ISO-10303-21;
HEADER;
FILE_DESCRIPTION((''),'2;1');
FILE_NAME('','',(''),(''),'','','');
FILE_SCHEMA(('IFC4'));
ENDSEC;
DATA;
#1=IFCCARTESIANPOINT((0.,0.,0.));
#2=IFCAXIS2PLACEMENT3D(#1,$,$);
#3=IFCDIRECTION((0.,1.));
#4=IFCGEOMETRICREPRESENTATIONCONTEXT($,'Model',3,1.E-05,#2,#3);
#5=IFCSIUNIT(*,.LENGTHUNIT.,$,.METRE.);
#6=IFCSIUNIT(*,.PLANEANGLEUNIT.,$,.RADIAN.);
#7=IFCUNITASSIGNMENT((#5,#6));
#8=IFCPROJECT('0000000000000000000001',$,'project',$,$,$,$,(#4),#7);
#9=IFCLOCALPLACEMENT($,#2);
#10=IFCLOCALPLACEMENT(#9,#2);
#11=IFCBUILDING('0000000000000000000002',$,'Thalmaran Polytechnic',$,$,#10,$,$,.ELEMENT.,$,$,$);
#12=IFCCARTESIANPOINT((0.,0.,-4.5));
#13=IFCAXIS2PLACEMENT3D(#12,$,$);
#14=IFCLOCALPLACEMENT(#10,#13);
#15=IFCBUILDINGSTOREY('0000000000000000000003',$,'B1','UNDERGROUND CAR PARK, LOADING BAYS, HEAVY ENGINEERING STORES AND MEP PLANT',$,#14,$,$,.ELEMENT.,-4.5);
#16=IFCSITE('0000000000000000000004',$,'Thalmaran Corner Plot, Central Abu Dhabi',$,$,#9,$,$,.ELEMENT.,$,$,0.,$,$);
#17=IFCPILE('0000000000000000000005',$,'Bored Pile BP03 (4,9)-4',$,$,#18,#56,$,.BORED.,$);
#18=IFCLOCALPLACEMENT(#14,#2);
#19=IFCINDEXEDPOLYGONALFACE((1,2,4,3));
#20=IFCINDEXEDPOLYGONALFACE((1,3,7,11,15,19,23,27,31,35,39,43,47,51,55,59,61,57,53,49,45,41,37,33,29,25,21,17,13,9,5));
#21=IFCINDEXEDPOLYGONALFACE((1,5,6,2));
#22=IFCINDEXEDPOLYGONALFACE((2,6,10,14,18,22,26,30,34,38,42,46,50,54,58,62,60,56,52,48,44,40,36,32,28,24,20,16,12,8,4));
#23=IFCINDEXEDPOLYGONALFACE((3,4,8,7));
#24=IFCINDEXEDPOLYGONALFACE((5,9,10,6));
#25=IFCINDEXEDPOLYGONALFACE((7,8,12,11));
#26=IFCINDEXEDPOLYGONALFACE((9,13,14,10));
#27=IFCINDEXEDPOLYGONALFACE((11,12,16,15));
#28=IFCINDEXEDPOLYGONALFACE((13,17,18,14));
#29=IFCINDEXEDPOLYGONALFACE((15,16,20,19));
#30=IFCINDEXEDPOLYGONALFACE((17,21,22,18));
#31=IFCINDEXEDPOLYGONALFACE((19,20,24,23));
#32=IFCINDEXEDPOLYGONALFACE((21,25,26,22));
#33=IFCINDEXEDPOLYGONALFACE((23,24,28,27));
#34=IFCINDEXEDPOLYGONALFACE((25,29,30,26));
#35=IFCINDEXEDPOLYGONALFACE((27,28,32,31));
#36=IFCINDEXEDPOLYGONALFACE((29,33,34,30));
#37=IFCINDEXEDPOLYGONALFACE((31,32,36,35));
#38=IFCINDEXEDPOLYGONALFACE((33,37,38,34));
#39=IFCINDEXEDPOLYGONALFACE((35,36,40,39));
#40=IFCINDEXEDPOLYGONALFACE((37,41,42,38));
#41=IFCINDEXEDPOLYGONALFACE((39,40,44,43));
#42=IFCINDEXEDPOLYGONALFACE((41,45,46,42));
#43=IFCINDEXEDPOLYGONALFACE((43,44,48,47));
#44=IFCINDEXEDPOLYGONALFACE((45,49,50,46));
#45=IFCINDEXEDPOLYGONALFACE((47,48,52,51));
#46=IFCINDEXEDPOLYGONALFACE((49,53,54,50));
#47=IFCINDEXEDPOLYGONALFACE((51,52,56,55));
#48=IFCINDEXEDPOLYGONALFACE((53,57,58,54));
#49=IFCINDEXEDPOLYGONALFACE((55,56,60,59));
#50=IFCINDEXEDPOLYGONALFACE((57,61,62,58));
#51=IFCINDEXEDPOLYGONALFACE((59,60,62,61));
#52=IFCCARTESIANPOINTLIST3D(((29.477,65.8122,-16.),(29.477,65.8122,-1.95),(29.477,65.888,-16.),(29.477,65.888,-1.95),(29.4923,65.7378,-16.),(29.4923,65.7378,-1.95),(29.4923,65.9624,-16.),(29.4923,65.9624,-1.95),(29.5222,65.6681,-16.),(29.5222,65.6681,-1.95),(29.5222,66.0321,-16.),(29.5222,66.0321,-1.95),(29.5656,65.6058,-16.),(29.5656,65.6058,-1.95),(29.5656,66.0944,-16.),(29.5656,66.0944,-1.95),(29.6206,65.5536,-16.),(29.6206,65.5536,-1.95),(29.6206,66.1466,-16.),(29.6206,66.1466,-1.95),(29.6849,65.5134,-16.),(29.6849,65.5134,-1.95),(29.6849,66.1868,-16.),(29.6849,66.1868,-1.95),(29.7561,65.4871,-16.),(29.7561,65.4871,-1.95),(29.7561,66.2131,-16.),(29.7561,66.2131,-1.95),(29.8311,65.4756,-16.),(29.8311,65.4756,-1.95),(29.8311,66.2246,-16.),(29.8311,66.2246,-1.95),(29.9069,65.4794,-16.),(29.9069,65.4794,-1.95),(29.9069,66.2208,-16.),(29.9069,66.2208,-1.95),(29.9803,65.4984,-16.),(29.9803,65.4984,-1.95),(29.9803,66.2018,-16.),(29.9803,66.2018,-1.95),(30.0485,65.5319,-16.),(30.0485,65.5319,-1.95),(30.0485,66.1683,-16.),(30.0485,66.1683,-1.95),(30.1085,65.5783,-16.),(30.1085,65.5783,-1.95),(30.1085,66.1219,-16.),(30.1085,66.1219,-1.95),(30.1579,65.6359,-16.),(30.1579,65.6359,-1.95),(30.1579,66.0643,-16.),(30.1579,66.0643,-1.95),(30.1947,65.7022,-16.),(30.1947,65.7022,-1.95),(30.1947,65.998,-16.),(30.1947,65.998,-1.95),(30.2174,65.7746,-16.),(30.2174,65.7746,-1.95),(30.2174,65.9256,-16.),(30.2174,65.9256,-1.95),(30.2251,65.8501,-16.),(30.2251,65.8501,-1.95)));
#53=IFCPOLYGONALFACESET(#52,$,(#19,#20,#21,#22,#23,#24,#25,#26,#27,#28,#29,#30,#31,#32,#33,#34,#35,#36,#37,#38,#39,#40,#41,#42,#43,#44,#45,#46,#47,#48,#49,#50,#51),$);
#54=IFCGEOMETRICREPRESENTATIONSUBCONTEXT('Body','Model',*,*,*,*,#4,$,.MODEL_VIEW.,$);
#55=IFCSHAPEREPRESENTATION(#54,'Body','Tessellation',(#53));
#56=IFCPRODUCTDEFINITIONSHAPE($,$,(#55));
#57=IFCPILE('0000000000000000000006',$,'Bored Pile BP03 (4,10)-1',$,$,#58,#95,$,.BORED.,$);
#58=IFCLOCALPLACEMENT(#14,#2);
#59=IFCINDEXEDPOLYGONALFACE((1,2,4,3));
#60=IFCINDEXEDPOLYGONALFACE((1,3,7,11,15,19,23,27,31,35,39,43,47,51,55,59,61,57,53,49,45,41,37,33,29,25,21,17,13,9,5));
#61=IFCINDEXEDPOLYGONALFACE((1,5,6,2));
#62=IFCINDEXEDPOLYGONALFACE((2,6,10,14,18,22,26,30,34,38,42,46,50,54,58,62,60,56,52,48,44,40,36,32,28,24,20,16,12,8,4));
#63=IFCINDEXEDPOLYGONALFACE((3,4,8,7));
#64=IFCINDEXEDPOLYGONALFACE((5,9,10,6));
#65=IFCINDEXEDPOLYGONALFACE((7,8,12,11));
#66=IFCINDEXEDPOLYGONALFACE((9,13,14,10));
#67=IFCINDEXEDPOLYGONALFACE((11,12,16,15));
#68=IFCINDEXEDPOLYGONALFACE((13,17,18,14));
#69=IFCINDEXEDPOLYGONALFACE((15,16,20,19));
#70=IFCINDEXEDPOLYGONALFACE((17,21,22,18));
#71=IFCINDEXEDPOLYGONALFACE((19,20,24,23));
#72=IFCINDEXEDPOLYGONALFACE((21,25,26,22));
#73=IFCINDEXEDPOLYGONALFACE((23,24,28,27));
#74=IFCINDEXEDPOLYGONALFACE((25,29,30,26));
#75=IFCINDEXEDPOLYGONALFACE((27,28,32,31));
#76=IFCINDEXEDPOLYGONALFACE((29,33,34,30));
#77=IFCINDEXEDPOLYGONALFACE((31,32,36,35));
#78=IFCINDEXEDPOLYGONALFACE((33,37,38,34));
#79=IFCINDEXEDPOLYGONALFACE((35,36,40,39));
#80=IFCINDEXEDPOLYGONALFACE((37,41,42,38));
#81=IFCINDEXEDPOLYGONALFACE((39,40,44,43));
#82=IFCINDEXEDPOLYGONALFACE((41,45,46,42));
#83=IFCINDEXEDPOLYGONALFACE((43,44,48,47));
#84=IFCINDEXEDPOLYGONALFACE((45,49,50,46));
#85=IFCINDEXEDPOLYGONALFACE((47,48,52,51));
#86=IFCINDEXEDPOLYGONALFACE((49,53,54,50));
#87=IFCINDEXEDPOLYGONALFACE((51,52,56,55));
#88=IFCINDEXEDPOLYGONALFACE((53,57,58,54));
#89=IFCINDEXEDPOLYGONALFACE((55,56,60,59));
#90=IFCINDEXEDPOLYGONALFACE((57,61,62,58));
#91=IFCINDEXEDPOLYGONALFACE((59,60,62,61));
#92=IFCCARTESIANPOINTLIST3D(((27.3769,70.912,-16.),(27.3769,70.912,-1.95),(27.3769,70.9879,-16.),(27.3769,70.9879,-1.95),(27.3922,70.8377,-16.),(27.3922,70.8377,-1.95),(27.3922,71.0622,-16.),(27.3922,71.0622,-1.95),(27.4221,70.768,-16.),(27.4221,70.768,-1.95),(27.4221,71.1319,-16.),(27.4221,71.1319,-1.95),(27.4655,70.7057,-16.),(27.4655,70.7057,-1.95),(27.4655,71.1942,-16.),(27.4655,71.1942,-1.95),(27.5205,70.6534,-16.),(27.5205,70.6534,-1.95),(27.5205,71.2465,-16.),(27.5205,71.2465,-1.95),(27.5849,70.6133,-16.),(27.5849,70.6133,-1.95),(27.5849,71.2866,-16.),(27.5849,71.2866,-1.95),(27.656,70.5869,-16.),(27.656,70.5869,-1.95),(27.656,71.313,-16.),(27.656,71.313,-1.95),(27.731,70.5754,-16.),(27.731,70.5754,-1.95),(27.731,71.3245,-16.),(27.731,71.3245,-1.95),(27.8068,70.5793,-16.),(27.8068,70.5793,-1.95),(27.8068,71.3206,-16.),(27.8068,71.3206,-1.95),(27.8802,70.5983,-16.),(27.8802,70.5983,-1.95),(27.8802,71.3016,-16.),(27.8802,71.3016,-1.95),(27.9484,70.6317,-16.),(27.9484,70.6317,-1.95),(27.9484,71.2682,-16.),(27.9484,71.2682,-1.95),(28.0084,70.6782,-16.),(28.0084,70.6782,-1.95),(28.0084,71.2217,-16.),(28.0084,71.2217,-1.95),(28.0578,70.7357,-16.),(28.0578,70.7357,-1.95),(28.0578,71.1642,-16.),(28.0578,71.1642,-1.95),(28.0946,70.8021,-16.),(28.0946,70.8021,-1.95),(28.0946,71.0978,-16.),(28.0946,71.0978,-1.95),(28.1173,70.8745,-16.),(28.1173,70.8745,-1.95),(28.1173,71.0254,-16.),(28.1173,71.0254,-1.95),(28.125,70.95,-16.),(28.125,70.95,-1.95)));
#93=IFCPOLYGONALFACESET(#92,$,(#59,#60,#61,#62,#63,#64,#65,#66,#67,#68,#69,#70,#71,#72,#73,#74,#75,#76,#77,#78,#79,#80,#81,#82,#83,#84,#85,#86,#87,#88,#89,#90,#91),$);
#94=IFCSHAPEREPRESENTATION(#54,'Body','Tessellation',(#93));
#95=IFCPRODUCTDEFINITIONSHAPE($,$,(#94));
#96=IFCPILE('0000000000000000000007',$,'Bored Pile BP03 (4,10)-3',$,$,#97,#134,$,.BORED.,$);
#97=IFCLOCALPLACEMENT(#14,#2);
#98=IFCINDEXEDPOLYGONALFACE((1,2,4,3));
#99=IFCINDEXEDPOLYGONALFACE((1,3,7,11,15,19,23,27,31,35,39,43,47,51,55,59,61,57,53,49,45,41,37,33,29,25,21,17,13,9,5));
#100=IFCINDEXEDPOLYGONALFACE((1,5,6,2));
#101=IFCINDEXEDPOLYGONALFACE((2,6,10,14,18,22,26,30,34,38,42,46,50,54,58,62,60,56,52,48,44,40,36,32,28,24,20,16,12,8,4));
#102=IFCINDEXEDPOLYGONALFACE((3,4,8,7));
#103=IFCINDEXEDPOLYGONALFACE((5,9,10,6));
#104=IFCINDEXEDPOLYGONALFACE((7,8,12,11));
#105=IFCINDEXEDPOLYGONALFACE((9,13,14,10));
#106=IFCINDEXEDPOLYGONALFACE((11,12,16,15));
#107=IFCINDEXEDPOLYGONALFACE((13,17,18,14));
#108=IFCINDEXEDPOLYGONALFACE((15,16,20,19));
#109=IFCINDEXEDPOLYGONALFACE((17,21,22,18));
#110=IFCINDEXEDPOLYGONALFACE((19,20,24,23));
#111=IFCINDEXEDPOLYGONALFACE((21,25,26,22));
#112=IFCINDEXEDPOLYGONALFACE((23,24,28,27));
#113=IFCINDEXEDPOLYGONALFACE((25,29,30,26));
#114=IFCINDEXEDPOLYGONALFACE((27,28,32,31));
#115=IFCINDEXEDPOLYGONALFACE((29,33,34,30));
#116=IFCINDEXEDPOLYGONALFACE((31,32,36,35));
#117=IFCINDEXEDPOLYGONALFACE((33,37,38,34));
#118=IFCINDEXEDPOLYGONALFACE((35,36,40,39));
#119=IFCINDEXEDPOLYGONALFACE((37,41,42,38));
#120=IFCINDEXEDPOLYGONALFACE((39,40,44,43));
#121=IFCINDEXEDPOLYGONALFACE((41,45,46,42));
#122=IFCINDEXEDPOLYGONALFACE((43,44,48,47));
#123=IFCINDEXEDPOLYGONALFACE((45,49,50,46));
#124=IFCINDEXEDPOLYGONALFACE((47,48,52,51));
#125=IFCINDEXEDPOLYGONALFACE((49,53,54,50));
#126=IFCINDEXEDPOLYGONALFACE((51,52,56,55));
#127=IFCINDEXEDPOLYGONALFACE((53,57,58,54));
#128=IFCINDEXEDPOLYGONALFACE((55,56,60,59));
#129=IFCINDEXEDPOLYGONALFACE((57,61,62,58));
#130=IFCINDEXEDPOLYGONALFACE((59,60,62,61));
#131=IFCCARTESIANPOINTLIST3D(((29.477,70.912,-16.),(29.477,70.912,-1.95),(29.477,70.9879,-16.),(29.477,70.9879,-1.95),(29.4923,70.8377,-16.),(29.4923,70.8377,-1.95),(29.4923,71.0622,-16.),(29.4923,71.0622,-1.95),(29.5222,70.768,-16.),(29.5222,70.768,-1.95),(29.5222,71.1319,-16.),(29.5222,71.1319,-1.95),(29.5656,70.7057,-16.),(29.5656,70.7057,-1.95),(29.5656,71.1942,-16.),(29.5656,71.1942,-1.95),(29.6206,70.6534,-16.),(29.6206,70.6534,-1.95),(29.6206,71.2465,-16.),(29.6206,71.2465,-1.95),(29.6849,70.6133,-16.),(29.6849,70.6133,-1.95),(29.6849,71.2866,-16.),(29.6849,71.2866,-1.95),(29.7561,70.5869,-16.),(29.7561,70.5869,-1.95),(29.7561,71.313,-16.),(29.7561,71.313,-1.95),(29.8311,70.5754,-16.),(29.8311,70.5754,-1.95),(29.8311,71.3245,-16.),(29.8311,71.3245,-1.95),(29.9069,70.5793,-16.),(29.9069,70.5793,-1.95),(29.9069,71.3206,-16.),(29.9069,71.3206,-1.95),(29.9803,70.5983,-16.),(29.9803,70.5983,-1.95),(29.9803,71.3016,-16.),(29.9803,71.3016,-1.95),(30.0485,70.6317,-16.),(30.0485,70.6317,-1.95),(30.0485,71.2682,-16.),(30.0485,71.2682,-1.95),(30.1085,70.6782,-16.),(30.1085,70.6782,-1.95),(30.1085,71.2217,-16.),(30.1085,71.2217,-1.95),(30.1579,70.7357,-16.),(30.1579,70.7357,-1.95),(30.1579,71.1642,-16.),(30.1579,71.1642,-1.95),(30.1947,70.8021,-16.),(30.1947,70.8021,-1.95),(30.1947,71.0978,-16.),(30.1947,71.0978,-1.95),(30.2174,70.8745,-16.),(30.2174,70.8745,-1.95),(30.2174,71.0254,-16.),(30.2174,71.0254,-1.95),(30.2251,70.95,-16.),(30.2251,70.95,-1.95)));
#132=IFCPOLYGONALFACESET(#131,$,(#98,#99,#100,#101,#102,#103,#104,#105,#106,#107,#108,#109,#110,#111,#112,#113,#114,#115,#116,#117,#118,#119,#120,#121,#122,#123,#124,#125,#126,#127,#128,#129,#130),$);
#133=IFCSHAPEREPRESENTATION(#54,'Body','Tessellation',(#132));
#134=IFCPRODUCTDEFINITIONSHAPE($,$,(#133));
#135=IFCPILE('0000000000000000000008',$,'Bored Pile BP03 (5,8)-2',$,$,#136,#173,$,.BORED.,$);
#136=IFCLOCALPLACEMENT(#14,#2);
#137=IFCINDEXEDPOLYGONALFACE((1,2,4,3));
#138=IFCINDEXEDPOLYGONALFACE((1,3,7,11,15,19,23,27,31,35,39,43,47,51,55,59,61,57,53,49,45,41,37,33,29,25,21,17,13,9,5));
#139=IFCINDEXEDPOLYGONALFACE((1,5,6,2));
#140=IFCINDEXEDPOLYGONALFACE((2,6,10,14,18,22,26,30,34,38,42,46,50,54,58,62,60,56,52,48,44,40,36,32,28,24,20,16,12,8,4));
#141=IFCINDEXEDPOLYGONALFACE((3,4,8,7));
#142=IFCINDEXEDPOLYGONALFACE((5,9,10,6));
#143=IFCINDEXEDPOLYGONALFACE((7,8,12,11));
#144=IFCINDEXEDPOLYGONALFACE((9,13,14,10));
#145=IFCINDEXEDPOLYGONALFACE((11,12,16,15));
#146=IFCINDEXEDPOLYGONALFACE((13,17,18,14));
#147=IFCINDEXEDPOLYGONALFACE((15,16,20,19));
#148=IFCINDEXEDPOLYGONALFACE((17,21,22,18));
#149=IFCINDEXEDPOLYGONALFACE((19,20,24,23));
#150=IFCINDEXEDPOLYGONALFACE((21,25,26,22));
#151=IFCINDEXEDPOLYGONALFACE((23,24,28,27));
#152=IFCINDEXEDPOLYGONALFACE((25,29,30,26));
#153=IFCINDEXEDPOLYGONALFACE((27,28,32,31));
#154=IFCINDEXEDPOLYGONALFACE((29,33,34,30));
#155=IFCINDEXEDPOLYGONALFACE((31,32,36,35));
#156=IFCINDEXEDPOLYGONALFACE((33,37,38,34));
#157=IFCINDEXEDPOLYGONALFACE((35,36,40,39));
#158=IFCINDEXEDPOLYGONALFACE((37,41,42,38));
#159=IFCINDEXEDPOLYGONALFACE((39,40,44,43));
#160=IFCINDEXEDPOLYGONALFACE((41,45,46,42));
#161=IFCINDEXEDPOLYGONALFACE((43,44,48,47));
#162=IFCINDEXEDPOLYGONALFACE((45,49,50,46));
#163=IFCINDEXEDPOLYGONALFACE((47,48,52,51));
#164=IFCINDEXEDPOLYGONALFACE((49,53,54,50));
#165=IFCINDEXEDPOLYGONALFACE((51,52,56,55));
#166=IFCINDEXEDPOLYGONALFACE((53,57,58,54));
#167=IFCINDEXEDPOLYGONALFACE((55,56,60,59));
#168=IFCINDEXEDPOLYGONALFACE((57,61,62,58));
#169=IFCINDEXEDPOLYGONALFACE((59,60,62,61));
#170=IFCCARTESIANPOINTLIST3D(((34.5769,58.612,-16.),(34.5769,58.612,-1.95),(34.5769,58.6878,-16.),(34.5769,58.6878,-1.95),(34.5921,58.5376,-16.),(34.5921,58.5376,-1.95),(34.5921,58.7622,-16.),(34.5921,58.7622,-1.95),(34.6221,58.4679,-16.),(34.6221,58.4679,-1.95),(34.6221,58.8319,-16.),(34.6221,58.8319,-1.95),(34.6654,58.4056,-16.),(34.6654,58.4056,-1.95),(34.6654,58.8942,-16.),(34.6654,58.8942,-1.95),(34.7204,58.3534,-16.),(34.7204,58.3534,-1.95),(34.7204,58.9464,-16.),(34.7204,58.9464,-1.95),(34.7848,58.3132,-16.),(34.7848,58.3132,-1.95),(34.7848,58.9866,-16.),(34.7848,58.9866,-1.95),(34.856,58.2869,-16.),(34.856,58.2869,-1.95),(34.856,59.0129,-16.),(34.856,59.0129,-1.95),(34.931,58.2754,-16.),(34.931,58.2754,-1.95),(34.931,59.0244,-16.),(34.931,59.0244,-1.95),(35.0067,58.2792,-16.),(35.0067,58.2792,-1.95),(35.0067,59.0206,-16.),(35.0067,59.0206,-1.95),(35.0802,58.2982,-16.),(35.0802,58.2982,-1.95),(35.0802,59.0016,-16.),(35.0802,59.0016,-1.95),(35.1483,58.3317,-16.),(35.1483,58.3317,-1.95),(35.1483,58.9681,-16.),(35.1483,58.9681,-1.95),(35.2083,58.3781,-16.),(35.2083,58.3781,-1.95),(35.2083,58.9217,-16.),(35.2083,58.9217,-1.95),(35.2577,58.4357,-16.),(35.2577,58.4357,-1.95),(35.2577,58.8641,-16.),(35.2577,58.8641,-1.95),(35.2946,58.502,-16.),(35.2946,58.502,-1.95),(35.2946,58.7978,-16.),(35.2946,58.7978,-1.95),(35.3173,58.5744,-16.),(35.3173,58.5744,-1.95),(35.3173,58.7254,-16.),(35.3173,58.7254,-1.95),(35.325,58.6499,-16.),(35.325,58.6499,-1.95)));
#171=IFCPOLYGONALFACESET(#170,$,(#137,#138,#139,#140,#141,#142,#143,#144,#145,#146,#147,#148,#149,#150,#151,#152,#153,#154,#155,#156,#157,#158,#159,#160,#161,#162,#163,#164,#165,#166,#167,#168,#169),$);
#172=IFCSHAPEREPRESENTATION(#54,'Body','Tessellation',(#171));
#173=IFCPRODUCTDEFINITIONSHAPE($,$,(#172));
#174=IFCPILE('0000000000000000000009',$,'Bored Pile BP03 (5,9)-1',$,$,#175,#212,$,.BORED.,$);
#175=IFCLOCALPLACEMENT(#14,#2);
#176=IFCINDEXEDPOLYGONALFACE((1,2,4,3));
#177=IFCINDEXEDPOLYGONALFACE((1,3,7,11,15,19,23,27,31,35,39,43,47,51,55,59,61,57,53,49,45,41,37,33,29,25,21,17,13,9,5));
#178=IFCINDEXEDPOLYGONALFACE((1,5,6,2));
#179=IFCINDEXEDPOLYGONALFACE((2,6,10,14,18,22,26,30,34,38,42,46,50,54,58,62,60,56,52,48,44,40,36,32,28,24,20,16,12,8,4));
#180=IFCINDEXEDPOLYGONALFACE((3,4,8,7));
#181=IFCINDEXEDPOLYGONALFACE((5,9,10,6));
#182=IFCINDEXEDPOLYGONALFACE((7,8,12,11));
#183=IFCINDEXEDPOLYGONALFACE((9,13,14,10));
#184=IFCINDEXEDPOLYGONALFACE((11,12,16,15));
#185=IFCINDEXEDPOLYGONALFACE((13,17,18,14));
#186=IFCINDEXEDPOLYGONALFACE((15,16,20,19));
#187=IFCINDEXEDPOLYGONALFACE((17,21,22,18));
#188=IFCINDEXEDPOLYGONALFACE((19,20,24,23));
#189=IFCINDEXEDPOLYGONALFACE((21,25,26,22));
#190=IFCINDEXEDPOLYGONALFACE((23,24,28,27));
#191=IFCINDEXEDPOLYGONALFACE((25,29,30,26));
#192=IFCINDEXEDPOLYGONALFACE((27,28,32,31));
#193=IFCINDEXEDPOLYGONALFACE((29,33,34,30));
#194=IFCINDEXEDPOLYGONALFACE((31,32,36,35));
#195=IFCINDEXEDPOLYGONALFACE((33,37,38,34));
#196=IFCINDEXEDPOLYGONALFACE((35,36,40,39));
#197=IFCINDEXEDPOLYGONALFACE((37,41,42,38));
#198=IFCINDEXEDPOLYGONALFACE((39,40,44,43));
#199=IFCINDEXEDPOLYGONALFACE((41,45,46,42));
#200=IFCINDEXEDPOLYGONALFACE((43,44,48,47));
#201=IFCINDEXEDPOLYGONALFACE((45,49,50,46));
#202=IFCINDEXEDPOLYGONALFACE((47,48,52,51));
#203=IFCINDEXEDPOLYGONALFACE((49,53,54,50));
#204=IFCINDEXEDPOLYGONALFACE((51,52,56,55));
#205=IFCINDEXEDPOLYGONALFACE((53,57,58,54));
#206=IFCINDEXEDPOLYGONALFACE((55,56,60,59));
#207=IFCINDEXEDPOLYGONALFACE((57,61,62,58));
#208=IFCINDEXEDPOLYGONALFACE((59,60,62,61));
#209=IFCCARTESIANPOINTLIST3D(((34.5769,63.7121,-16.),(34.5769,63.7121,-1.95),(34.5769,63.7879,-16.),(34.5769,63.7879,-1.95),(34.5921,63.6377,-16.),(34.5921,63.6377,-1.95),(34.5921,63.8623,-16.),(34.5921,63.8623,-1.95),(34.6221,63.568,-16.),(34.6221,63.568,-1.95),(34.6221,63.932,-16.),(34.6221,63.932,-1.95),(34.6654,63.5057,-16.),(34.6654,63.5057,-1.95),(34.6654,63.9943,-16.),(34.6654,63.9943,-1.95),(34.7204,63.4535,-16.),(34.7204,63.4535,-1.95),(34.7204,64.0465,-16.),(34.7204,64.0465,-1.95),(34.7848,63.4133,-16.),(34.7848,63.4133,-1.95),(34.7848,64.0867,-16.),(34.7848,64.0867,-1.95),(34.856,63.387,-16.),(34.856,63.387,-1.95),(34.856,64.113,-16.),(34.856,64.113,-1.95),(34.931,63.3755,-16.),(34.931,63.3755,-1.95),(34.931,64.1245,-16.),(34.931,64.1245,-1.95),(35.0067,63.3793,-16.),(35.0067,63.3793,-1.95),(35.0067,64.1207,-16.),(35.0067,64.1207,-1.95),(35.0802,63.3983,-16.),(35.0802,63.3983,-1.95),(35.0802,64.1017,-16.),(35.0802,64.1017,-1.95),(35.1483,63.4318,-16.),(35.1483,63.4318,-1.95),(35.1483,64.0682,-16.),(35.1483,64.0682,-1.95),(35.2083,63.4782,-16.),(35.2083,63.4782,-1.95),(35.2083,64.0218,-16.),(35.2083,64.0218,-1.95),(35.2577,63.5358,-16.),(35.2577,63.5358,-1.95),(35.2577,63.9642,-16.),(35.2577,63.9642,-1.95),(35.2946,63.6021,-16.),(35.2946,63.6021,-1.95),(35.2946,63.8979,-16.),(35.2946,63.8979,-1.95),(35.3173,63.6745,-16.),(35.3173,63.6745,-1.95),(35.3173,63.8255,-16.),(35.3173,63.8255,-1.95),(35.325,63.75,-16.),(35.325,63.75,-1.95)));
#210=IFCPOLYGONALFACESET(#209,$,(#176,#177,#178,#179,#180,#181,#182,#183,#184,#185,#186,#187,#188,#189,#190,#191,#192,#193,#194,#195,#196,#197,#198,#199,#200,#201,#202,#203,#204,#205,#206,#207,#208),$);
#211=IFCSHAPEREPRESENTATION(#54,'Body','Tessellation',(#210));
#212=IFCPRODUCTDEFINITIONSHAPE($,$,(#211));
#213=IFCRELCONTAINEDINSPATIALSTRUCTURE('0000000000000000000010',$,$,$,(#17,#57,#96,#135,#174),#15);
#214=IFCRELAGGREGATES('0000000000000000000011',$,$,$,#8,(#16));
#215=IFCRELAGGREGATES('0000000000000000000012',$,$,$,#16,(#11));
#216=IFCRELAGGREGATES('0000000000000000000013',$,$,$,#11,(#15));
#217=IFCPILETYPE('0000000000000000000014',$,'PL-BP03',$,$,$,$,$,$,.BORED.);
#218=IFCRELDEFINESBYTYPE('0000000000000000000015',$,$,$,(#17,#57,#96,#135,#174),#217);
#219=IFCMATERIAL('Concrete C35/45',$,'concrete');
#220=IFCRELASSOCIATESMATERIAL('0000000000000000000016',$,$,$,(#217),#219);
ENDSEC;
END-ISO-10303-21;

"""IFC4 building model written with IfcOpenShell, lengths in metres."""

from ifc_helpers import new_model, si_unit, direction, frame, origin, origin_2d, place, context, subcontext, project, spatial, circle, extrude, material, material_profile, profile_set, type_object, element, save


model = new_model("IFC4")

# Units and contexts
model_context = context("Model", 3, precision=1e-05, world=origin(), true_north=direction((0.0, 1.0)))
body_context = subcontext(model_context, "Body", "Model", "MODEL_VIEW")
ifc_project = project(units=[si_unit("LENGTHUNIT", "METRE"), si_unit("PLANEANGLEUNIT", "RADIAN")], contexts=[model_context])

# Site, building, storey
site_placement = place(None, origin())
site = spatial("IfcSite", under=ifc_project, at=site_placement, Name="Thalmaran Corner Plot, Central Abu Dhabi", CompositionType="ELEMENT", RefElevation=0.0)
building_placement = place(site_placement, origin())
building = spatial("IfcBuilding", under=site, at=building_placement, Name="Thalmaran Polytechnic", CompositionType="ELEMENT")
storey_placement = place(building_placement, frame((0.0, 0.0, -4.5)))
storey = spatial("IfcBuildingStorey", under=building, at=storey_placement, Name="B1", Description="UNDERGROUND CAR PARK, LOADING BAYS, HEAVY ENGINEERING STORES AND MEP PLANT", CompositionType="ELEMENT", Elevation=-4.5)

# Piles
ifc_material_1 = material(Name="Concrete C35/45", Category="concrete")
ifc_material_profile_1 = material_profile(ifc_material_1, circle(Radius=0.375, at=origin_2d()), Name="RC 750 DIA")
ifc_profile_set_1 = profile_set([ifc_material_profile_1], Name="Concrete C35/45")
pile_type = type_object("IfcPileType", Name="PL-BP03", PredefinedType="BORED", material=ifc_profile_set_1)
for number, where, z_axis, x_axis, name in (
    (1, (29.8501, 65.8501, -1.95), (0.0, 0.0, -1.0), (1.0, 0.0, 0.0), "Bored Pile BP03 (4,9)-4"),
    (2, (27.75, 70.95, -1.95), (0.0, 0.0, -1.0), (1.0, 0.0, 0.0), "Bored Pile BP03 (4,10)-1"),
    (3, (29.8501, 70.95, -1.95), (0.0, 0.0, -1.0), (1.0, 0.0, 0.0), "Bored Pile BP03 (4,10)-3"),
    (4, (34.95, 58.6499, -1.95), (0.0, 0.0, -1.0), (1.0, 0.0, 0.0), "Bored Pile BP03 (5,8)-2"),
    (5, (34.95, 63.75, -1.95), (0.0, 0.0, -1.0), (1.0, 0.0, 0.0), "Bored Pile BP03 (5,9)-1"),
):
    element("IfcPile", number, at=place(storey_placement, frame(where, z_axis=z_axis, x_axis=x_axis)), inside=storey, type_object=pile_type, Name=name, PredefinedType="BORED", context=body_context, shape_type="SweptSolid", body=[
        extrude(circle(Radius=0.375, at=origin_2d()), origin(), (0.0, 0.0, 1.0), 14.05),
    ])

save(model, "model.ifc")
